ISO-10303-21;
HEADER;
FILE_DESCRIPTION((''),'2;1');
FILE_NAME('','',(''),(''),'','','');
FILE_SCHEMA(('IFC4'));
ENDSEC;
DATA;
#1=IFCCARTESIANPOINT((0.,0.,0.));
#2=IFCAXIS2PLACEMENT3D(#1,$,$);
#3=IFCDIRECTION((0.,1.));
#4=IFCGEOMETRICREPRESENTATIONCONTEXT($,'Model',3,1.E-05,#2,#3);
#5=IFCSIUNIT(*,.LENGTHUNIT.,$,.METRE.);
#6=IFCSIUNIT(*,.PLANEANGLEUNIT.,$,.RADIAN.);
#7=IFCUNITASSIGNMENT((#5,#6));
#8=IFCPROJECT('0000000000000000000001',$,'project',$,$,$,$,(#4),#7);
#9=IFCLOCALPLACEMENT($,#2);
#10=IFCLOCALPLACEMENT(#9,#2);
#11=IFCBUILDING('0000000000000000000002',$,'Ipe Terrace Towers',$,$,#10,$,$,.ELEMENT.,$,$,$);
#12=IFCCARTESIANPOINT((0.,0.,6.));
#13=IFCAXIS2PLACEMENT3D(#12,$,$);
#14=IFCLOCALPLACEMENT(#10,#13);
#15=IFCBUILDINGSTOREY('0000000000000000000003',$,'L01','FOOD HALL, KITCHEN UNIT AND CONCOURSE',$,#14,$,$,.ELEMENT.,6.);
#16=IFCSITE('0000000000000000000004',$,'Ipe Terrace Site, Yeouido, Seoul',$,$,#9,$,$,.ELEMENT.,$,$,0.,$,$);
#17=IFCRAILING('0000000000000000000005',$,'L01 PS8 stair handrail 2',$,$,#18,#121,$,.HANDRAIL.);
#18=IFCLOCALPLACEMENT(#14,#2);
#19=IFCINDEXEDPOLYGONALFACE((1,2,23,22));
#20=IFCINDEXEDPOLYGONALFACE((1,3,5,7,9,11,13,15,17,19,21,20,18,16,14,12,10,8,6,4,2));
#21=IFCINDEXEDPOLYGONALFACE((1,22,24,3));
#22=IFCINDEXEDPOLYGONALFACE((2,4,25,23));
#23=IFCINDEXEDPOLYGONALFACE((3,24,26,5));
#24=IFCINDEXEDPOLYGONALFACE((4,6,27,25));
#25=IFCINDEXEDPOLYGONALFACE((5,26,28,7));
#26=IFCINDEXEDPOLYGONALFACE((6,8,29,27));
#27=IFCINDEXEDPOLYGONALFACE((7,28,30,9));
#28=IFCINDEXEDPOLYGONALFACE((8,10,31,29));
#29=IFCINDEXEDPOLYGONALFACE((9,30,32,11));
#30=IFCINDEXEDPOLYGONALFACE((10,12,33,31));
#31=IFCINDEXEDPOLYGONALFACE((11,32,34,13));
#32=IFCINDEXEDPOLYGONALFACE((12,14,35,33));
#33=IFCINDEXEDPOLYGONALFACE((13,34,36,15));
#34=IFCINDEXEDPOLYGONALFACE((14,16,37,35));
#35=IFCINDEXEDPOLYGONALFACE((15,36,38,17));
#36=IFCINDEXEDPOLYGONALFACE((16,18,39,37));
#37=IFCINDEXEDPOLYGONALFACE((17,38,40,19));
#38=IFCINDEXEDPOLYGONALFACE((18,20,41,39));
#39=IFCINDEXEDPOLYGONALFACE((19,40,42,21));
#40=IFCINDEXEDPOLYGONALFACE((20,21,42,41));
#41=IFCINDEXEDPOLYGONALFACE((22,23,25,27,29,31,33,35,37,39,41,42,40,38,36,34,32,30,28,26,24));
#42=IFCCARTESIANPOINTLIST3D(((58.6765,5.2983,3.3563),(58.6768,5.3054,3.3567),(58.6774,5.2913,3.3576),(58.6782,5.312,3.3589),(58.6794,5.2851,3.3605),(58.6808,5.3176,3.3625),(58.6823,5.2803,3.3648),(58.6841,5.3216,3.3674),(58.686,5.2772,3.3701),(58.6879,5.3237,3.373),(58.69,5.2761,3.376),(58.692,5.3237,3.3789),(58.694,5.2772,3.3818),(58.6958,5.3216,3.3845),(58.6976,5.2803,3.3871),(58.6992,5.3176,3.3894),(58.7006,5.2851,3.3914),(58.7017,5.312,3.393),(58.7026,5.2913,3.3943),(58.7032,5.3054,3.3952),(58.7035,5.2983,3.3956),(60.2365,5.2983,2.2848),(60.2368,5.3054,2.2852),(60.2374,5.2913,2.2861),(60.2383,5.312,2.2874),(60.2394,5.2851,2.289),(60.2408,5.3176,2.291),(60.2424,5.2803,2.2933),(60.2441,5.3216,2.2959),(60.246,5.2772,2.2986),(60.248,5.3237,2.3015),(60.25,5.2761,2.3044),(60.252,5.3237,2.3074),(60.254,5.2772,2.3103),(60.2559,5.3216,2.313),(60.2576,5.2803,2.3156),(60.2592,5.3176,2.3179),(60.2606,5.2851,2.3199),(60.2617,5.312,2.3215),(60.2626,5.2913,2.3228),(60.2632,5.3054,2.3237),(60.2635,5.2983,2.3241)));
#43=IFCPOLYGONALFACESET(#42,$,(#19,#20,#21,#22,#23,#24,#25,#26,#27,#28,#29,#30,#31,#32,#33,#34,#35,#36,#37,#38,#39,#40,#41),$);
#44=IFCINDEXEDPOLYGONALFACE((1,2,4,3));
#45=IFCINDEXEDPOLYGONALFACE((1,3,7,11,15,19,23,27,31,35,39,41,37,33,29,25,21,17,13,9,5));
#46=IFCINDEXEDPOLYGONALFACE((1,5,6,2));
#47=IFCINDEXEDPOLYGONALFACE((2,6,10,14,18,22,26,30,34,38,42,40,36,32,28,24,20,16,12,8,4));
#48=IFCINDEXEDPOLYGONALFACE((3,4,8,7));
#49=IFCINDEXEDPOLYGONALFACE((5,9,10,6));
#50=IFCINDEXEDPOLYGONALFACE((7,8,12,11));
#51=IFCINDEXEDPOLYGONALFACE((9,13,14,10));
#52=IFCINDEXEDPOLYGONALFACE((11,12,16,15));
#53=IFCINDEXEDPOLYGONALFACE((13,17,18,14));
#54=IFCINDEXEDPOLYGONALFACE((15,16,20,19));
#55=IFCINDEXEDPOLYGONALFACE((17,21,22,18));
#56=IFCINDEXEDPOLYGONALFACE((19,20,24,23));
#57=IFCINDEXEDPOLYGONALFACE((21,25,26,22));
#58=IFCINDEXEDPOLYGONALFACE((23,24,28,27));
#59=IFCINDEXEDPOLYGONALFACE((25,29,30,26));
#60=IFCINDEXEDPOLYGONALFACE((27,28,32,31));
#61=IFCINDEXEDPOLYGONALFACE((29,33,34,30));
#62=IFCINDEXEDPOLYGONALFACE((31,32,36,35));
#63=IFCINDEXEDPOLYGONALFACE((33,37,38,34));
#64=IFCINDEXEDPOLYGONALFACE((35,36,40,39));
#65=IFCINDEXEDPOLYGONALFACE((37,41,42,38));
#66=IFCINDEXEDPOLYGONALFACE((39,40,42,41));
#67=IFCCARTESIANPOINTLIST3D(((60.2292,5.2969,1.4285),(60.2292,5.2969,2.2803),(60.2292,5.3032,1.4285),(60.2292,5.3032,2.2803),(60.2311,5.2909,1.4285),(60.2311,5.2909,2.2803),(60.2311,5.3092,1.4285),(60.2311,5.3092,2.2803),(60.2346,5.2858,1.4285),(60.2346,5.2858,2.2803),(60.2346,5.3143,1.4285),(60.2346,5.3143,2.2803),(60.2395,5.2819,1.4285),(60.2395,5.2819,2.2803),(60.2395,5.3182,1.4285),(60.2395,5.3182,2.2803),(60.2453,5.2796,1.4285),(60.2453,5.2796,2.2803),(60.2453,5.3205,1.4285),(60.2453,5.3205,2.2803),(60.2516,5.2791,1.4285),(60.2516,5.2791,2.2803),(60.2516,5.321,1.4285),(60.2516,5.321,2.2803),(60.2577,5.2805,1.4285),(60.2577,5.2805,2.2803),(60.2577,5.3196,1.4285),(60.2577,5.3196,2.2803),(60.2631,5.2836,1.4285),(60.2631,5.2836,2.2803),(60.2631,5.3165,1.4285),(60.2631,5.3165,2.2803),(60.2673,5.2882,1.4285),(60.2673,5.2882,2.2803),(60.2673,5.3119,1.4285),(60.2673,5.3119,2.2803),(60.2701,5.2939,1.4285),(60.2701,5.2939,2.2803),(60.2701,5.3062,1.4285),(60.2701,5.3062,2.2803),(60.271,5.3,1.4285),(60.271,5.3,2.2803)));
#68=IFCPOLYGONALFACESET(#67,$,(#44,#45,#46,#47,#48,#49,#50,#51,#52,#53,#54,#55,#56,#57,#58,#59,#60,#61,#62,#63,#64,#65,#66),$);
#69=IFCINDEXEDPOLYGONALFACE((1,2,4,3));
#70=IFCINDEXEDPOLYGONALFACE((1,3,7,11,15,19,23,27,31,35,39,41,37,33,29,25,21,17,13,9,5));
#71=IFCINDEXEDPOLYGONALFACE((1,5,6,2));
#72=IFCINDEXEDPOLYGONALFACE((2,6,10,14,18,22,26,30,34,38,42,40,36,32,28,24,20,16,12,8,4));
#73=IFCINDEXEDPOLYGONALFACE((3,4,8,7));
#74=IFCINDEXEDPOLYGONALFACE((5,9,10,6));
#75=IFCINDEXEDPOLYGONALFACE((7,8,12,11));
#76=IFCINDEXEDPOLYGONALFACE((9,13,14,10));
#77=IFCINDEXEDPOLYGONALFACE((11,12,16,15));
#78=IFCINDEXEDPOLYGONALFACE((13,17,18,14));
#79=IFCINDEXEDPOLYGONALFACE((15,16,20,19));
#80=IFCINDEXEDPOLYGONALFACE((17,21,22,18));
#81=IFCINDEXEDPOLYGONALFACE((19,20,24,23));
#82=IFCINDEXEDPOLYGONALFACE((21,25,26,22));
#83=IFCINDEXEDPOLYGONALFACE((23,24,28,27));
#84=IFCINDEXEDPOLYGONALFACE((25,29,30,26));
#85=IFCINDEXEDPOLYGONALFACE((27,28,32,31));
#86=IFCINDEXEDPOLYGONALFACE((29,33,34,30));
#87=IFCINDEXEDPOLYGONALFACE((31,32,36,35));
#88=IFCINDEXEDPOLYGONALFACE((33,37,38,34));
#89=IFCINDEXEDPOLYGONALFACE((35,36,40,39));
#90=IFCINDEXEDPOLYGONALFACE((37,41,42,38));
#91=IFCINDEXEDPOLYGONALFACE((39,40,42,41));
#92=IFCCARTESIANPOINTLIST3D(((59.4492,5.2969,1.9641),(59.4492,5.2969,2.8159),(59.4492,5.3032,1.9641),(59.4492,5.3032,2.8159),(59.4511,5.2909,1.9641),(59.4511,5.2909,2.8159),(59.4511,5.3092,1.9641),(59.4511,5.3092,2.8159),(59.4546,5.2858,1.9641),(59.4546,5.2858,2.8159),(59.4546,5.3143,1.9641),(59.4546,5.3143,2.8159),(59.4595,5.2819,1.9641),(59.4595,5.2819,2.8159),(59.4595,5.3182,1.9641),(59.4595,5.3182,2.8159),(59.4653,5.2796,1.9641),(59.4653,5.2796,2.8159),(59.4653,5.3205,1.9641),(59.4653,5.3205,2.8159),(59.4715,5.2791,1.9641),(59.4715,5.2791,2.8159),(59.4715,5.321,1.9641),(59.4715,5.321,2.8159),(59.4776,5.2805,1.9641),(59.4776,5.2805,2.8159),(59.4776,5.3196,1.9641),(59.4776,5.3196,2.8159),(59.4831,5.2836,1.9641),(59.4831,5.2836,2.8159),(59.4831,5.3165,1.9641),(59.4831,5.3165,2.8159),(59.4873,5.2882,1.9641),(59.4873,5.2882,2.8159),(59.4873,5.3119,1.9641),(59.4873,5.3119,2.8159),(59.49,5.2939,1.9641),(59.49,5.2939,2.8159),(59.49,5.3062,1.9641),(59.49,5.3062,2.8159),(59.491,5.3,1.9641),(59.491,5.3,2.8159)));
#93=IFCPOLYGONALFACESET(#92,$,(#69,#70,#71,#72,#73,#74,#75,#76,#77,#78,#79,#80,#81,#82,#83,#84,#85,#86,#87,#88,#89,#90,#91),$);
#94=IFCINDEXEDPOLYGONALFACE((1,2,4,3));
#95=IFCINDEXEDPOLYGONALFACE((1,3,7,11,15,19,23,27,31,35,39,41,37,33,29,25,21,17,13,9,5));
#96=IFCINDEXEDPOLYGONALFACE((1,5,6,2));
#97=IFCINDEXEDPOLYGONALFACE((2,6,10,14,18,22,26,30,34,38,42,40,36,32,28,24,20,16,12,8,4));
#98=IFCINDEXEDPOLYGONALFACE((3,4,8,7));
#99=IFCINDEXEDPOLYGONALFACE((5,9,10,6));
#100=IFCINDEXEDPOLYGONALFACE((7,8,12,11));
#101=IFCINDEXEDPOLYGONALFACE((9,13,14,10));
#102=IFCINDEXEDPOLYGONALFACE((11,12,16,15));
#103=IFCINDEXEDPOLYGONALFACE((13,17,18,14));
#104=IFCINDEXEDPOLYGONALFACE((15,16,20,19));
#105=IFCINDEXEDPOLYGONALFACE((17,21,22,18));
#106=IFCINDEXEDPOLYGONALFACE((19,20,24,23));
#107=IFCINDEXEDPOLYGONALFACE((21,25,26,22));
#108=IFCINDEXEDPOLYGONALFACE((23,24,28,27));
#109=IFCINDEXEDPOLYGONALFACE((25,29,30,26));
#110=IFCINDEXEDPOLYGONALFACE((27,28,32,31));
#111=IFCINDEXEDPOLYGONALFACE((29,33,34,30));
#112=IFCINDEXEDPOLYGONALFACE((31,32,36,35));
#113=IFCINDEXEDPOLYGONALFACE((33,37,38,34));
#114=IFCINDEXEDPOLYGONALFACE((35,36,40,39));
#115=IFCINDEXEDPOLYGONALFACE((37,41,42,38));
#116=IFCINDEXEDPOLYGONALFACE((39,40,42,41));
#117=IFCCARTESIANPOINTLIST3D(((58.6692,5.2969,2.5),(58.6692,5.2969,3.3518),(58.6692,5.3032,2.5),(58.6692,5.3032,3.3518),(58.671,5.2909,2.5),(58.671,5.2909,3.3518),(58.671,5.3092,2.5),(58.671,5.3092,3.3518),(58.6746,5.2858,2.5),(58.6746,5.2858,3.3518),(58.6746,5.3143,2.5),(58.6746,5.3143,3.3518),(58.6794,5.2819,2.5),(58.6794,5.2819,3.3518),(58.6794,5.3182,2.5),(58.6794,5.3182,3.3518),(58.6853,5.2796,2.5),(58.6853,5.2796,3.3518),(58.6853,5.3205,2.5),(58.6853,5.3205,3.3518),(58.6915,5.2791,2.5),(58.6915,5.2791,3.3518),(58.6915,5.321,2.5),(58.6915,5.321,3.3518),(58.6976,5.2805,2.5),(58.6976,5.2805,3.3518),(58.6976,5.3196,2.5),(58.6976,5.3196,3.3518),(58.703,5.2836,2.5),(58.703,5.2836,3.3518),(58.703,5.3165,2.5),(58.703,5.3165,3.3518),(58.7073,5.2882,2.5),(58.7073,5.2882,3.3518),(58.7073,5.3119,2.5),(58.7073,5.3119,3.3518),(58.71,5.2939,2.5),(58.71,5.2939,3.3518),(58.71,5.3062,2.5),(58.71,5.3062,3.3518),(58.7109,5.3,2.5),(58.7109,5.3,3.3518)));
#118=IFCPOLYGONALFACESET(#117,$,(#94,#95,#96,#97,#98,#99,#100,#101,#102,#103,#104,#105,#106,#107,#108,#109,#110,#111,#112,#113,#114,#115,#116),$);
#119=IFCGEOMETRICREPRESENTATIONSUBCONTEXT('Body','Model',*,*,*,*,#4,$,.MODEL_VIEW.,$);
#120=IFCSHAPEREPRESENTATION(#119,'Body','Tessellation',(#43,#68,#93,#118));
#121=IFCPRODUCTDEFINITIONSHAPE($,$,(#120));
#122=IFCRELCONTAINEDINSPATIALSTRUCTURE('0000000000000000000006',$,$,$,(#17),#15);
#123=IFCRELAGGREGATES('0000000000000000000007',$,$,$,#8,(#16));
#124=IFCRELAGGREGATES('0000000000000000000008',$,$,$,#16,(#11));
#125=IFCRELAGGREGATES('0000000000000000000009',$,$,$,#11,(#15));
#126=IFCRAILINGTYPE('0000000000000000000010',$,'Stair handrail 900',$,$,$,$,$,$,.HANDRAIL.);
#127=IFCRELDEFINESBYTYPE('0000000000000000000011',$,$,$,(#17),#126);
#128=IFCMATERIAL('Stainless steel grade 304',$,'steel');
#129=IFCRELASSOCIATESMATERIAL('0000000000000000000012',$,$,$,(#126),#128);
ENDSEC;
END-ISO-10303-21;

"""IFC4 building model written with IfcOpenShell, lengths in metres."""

from ifc_helpers import new_model, si_unit, direction, frame, origin, origin_2d, place, context, subcontext, project, spatial, circle, extrude, material, type_object, element, save


model = new_model("IFC4")

# Units and contexts
model_context = context("Model", 3, precision=1e-05, world=origin(), true_north=direction((0.0, 1.0)))
body_context = subcontext(model_context, "Body", "Model", "MODEL_VIEW")
ifc_project = project(units=[si_unit("LENGTHUNIT", "METRE"), si_unit("PLANEANGLEUNIT", "RADIAN")], contexts=[model_context])

# Site, building, storey
site_placement = place(None, origin())
site = spatial("IfcSite", under=ifc_project, at=site_placement, Name="Ipe Terrace Site, Yeouido, Seoul", CompositionType="ELEMENT", RefElevation=0.0)
building_placement = place(site_placement, origin())
building = spatial("IfcBuilding", under=site, at=building_placement, Name="Ipe Terrace Towers", CompositionType="ELEMENT")
storey_placement = place(building_placement, frame((0.0, 0.0, 6.0)))
storey = spatial("IfcBuildingStorey", under=building, at=storey_placement, Name="L01", Description="FOOD HALL, KITCHEN UNIT AND CONCOURSE", CompositionType="ELEMENT", Elevation=6.0)

# Railing
ifc_material_1 = material(Name="Stainless steel grade 304", Category="steel")
railing_type_1 = type_object("IfcRailingType", Name="Stair handrail 900", PredefinedType="HANDRAIL", material=ifc_material_1)
railing_1_placement = place(storey_placement, frame((60.25, 5.3, 1.4285)))
element("IfcRailing", 1, at=railing_1_placement, inside=storey, type_object=railing_type_1, Name="L01 PS8 stair handrail 2", PredefinedType="HANDRAIL", context=body_context, shape_type="SweptSolid", body=[
    extrude(circle(Radius=0.0239, at=origin_2d()), frame((0.0, 0.0, 0.876), z_axis=(-0.82429, 0.0, 0.566167), x_axis=(0.0, -1.0, 0.0)), (0.0, 0.0, 1.0), 1.8926),
    extrude(circle(Radius=0.021, at=origin_2d()), origin(), (0.0, 0.0, 1.0), 0.8518),
    extrude(circle(Radius=0.021, at=origin_2d()), frame((-0.78, 0.0, 0.5356)), (0.0, 0.0, 1.0), 0.8518),
    extrude(circle(Radius=0.021, at=origin_2d()), frame((-1.5601, 0.0, 1.0715)), (0.0, 0.0, 1.0), 0.8518),
])

save(model, "model.ifc")
